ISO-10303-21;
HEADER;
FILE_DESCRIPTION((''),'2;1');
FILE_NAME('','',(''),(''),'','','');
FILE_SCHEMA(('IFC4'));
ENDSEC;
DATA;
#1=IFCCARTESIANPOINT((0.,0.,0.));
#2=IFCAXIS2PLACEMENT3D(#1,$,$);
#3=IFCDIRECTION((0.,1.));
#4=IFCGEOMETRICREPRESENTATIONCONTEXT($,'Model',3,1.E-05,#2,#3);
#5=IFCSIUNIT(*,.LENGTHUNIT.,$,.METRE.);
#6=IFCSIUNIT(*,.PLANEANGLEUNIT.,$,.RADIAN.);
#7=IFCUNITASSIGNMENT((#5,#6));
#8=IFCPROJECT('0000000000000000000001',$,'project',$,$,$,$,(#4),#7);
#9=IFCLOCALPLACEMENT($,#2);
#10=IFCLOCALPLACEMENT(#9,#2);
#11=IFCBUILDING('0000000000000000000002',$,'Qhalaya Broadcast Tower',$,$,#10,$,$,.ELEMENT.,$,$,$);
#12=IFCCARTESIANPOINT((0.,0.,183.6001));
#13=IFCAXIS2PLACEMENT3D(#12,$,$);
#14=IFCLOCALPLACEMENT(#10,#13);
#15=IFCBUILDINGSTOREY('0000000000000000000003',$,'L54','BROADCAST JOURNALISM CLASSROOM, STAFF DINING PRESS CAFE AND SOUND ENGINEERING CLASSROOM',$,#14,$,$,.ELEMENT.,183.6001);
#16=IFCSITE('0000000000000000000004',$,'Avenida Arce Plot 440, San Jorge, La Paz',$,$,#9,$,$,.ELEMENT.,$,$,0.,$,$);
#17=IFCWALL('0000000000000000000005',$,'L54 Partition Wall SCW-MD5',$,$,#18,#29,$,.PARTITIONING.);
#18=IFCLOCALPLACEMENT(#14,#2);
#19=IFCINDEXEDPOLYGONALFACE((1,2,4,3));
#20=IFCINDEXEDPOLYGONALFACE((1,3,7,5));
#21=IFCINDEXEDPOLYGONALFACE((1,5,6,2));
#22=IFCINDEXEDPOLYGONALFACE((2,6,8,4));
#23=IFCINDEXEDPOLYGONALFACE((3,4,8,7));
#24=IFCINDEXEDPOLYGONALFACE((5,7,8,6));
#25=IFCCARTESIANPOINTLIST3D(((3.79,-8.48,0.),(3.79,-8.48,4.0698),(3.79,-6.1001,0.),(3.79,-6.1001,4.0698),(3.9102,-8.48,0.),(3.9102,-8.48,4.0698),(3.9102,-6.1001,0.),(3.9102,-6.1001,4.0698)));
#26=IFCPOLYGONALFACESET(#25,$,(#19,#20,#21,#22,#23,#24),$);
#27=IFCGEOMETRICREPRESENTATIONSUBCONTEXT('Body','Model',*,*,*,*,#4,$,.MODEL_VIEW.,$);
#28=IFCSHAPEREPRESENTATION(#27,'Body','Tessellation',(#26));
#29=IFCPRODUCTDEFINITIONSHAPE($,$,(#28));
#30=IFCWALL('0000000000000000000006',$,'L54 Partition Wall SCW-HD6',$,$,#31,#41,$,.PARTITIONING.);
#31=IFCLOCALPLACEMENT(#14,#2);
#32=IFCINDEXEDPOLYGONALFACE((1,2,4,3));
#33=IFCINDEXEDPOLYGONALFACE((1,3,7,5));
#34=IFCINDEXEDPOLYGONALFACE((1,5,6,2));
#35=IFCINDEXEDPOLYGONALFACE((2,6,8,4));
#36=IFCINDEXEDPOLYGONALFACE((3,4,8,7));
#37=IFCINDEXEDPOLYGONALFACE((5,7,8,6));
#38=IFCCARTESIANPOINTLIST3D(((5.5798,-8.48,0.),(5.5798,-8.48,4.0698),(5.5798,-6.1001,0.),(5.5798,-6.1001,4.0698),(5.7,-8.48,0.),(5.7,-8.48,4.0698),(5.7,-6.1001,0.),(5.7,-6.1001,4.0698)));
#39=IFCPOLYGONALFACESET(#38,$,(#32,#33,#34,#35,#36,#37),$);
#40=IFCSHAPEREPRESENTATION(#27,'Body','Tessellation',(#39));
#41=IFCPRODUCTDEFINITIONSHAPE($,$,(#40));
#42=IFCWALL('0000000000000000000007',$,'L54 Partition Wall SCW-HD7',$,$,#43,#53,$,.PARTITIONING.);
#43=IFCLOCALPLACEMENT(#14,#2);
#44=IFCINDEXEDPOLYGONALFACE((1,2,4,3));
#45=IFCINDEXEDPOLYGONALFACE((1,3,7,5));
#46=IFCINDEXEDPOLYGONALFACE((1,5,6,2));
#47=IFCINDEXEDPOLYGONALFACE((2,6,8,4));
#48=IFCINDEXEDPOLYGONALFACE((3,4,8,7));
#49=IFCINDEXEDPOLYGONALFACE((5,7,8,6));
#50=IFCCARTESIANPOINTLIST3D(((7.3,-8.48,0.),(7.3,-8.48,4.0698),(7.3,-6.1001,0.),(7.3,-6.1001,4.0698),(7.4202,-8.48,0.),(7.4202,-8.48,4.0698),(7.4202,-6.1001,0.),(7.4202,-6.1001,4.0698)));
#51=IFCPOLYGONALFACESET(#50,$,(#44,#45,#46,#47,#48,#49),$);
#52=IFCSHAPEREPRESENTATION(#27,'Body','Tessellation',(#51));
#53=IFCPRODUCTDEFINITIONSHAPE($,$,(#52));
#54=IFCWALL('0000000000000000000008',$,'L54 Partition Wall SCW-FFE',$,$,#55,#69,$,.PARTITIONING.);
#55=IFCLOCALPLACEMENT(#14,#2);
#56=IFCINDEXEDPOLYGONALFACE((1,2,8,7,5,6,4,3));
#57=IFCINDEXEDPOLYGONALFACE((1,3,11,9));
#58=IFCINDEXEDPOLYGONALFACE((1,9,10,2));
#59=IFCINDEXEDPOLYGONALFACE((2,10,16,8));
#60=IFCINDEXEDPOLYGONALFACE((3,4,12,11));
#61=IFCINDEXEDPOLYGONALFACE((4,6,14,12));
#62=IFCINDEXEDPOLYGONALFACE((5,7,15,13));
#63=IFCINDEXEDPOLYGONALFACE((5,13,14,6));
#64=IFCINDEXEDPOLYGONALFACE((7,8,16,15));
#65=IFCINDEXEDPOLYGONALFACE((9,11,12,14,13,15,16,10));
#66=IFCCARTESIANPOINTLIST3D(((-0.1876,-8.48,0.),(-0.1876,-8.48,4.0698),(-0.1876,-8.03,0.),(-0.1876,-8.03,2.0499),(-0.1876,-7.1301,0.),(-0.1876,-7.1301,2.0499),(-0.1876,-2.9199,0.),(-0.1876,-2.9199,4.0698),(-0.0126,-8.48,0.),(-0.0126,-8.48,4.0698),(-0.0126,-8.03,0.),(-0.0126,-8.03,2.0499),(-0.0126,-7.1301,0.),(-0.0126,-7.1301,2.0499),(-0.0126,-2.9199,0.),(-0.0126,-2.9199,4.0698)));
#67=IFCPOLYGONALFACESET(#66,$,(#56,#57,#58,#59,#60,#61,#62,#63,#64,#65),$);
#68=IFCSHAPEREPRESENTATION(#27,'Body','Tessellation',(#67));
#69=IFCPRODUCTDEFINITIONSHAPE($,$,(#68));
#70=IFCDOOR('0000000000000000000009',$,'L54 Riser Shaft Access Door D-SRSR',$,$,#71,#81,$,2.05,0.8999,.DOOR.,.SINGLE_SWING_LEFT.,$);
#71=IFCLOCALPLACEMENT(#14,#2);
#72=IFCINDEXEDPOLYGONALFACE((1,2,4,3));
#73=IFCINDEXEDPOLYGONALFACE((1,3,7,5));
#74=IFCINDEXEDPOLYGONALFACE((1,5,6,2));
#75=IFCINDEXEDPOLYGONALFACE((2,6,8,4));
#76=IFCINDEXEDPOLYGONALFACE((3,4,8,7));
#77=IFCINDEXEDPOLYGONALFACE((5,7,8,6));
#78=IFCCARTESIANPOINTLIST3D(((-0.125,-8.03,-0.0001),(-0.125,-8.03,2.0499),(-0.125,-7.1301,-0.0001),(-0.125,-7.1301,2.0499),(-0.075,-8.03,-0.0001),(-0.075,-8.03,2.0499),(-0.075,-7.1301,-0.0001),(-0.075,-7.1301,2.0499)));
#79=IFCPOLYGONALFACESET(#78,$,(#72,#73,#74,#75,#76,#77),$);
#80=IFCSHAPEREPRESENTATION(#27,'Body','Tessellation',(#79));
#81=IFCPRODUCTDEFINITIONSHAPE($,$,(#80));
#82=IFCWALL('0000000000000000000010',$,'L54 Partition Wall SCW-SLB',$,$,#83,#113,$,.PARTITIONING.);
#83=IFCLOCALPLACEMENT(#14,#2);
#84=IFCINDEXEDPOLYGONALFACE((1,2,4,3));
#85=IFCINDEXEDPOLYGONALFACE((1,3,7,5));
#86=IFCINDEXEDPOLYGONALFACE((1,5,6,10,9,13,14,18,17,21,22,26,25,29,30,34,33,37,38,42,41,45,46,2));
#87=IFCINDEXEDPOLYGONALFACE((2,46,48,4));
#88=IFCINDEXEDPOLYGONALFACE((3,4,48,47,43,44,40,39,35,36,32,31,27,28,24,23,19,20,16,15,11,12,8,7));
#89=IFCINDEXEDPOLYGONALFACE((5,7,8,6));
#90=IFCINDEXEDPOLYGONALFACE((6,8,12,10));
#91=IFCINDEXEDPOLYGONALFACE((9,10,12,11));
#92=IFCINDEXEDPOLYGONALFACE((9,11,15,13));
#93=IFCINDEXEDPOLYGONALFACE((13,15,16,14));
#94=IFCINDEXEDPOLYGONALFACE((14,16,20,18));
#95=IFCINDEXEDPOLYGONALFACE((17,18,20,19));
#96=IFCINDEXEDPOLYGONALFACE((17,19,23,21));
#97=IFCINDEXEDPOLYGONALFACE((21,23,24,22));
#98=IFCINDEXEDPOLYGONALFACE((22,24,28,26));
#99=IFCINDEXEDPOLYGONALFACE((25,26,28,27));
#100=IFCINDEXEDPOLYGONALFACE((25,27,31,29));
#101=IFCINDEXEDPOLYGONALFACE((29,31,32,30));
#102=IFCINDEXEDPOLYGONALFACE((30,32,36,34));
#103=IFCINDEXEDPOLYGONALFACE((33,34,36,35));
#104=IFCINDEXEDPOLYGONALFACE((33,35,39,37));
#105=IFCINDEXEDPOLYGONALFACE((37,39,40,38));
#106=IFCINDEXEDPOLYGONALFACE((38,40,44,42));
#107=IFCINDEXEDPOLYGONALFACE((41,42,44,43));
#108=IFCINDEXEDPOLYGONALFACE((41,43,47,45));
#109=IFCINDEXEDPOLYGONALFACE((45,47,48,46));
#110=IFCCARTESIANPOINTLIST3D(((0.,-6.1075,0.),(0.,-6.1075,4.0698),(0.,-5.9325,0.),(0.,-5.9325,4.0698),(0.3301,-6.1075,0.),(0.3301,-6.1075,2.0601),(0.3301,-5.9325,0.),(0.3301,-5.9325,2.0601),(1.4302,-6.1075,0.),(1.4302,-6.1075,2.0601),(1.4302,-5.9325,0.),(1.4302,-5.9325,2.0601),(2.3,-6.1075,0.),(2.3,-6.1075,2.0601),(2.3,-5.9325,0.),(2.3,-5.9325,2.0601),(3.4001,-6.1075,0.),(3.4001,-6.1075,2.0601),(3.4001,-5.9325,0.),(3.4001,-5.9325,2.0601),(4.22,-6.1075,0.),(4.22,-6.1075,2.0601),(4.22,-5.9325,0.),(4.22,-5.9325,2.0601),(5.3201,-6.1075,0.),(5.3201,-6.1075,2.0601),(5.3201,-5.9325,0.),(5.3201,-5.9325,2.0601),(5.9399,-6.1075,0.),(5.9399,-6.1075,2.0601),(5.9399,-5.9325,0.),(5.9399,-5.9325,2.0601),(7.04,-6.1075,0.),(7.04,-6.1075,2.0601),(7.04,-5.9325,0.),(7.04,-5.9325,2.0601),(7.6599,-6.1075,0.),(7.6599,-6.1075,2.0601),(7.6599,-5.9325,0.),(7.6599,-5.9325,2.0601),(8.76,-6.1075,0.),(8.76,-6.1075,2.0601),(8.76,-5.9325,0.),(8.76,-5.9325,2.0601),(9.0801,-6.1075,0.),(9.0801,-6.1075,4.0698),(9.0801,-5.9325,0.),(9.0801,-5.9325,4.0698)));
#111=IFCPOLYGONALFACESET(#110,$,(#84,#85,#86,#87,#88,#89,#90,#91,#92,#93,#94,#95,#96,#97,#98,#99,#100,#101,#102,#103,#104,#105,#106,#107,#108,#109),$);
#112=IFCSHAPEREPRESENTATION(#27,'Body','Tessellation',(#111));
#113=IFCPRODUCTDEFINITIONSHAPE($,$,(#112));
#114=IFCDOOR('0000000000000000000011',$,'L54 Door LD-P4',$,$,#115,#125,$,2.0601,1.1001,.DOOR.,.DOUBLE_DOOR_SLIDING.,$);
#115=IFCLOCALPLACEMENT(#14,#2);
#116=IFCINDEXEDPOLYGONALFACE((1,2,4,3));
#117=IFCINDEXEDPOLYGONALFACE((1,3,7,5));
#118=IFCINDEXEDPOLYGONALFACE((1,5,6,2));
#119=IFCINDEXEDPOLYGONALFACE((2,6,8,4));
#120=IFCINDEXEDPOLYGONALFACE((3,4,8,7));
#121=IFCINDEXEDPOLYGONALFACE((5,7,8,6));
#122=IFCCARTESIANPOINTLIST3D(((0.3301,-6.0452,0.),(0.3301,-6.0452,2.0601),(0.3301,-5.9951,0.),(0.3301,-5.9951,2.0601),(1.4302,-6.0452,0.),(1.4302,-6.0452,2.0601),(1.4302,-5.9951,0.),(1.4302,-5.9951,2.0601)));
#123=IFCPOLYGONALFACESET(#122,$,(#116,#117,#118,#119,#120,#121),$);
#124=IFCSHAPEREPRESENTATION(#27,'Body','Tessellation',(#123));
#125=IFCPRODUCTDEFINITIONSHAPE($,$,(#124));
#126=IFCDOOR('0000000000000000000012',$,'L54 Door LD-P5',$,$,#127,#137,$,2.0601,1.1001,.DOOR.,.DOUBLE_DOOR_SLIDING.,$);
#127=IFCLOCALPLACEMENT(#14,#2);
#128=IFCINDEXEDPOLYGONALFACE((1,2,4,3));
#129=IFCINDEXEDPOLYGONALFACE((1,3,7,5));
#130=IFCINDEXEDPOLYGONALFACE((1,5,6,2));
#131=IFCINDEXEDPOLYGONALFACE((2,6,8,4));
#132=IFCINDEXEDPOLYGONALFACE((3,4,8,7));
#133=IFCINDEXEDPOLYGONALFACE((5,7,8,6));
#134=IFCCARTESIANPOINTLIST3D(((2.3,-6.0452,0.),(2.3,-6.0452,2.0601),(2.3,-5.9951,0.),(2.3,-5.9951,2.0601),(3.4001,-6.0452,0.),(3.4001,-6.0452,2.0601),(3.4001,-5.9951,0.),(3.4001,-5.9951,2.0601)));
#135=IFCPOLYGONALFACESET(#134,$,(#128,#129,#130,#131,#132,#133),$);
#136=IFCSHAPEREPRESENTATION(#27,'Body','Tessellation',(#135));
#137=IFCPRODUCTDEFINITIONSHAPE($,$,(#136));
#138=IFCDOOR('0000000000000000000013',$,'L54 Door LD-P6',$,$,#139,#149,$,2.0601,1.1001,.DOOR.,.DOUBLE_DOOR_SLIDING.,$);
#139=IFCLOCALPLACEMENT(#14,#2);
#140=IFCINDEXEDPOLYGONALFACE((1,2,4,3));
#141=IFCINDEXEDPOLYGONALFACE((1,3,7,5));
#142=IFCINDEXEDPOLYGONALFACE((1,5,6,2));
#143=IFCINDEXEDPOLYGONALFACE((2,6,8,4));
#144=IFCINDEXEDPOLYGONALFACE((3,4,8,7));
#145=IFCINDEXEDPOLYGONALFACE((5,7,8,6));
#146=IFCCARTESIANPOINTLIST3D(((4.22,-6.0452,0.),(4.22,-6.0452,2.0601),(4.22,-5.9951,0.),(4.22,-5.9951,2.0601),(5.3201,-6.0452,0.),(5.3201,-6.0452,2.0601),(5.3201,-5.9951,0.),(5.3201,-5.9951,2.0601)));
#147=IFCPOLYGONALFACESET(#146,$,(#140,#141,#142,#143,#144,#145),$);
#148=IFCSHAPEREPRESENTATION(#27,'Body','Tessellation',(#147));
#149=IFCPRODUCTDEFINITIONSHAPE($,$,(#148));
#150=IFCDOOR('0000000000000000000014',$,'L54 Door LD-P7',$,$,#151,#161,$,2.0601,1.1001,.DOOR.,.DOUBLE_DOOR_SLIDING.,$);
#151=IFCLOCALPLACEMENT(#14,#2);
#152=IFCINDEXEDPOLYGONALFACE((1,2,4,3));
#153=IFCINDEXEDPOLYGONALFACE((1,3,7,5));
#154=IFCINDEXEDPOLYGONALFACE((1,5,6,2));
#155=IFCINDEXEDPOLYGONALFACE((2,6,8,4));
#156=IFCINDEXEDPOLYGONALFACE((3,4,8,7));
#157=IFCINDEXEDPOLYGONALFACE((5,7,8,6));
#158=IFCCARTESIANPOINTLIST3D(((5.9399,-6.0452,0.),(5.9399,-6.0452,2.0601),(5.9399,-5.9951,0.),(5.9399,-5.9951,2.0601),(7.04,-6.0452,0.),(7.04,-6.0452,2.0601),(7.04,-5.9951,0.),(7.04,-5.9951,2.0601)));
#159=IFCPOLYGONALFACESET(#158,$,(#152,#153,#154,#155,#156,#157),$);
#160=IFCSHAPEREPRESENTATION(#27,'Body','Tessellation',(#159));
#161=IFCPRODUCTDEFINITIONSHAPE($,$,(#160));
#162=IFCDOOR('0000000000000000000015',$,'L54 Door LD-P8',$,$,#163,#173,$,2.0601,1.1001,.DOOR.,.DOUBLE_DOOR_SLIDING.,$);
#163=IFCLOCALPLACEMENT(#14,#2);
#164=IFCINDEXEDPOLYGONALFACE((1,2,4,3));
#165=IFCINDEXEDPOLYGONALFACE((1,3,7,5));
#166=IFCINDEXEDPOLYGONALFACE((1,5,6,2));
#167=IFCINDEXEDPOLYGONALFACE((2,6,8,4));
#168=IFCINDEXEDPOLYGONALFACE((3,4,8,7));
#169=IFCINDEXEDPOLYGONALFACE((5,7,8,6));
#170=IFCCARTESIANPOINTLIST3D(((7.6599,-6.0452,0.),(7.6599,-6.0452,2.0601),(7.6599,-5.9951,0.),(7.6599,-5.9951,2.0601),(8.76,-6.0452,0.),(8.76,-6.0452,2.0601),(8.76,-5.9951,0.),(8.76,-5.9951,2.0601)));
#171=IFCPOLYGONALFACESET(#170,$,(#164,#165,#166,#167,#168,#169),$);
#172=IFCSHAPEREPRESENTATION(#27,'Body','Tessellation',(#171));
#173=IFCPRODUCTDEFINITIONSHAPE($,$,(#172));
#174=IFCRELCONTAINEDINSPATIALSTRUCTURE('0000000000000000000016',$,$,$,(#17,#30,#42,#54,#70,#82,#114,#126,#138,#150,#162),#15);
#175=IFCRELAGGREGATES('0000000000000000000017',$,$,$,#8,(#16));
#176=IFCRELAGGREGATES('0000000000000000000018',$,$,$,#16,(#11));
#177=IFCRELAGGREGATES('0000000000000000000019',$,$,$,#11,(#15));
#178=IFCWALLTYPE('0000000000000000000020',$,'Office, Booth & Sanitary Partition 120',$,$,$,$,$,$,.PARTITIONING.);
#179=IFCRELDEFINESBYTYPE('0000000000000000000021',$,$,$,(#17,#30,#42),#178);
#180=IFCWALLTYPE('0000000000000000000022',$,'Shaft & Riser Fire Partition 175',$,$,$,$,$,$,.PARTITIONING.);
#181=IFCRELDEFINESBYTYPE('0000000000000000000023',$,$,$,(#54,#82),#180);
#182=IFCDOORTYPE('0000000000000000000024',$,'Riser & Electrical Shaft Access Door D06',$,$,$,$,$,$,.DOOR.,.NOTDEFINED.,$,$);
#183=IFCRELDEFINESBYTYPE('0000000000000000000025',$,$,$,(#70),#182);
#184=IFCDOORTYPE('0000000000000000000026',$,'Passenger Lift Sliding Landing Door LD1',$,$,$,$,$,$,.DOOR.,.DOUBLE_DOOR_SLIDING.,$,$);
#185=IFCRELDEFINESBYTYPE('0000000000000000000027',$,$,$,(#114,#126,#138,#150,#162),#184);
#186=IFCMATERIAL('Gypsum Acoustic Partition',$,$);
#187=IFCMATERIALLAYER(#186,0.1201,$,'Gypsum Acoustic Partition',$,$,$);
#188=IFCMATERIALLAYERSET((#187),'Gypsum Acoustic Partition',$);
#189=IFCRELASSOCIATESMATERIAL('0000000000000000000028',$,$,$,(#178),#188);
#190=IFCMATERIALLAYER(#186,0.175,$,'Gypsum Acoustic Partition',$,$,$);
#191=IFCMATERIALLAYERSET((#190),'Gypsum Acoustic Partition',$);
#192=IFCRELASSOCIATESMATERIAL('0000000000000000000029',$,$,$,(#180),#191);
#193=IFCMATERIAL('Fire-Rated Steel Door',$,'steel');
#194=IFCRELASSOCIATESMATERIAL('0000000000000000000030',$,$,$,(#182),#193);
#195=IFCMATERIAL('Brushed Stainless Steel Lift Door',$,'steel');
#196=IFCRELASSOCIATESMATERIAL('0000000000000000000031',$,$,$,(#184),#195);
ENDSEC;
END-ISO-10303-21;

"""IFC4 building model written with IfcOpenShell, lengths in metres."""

from ifc_helpers import new_model, si_unit, direction, frame, frame_2d, origin, place, context, subcontext, project, spatial, rectangle, extrude, material, layer, layer_set, type_object, element, fill, save


model = new_model("IFC4")

# Units and contexts
model_context = context("Model", 3, precision=1e-05, world=origin(), true_north=direction((0.0, 1.0)))
body_context = subcontext(model_context, "Body", "Model", "MODEL_VIEW")
ifc_project = project(units=[si_unit("LENGTHUNIT", "METRE"), si_unit("PLANEANGLEUNIT", "RADIAN")], contexts=[model_context])

# Site, building, storey
site_placement = place(None, origin())
site = spatial("IfcSite", under=ifc_project, at=site_placement, Name="Avenida Arce Plot 440, San Jorge, La Paz", CompositionType="ELEMENT", RefElevation=0.0)
building_placement = place(site_placement, origin())
building = spatial("IfcBuilding", under=site, at=building_placement, Name="Qhalaya Broadcast Tower", CompositionType="ELEMENT")
storey_placement = place(building_placement, frame((0.0, 0.0, 183.6001)))
storey = spatial("IfcBuildingStorey", under=building, at=storey_placement, Name="L54", Description="BROADCAST JOURNALISM CLASSROOM, STAFF DINING PRESS CAFE AND SOUND ENGINEERING CLASSROOM", CompositionType="ELEMENT", Elevation=183.6001)

# Shared definitions
ifc_material_1 = material(Name="Gypsum Acoustic Partition")

# Walls
ifc_layer_1 = layer(ifc_material_1, 0.1201, Name="Gypsum Acoustic Partition")
ifc_layer_set_1 = layer_set([ifc_layer_1], Name="Gypsum Acoustic Partition")
wall_type_1 = type_object("IfcWallType", Name="Office, Booth & Sanitary Partition 120", PredefinedType="PARTITIONING", material=ifc_layer_set_1)
for number, where, z_axis, x_axis, name in (
    (1, (3.8501, -8.48, 0.0), (0.0, 0.0, 1.0), (0.0, 1.0, 0.0), "L54 Partition Wall SCW-MD5"),
    (2, (5.6399, -8.48, 0.0), (0.0, 0.0, 1.0), (0.0, 1.0, 0.0), "L54 Partition Wall SCW-HD6"),
    (3, (7.3601, -8.48, 0.0), (0.0, 0.0, 1.0), (0.0, 1.0, 0.0), "L54 Partition Wall SCW-HD7"),
):
    element("IfcWall", number, at=place(storey_placement, frame(where, z_axis=z_axis, x_axis=x_axis)), inside=storey, type_object=wall_type_1, Name=name, PredefinedType="PARTITIONING", context=body_context, shape_type="SweptSolid", body=[
        extrude(rectangle(XDim=2.3799, YDim=0.1201, at=frame_2d((1.1899, 0.0))), origin(), (0.0, 0.0, 1.0), 4.0698),
    ])

# Wall, opening, door
ifc_layer_2 = layer(ifc_material_1, 0.175, Name="Gypsum Acoustic Partition")
ifc_layer_set_2 = layer_set([ifc_layer_2], Name="Gypsum Acoustic Partition")
wall_type_2 = type_object("IfcWallType", Name="Shaft & Riser Fire Partition 175", PredefinedType="PARTITIONING", material=ifc_layer_set_2)
wall_1_placement = place(storey_placement, frame((-0.1001, -8.48, 0.0), z_axis=(0.0, 0.0, 1.0), x_axis=(0.0, 1.0, 0.0)))
wall_1 = element("IfcWall", 4, at=wall_1_placement, inside=storey, type_object=wall_type_2, Name="L54 Partition Wall SCW-FFE", PredefinedType="PARTITIONING", context=body_context, shape_type="SweptSolid", body=[
    extrude(rectangle(XDim=5.5601, YDim=0.175, at=frame_2d((2.78, 0.0))), origin(), (0.0, 0.0, 1.0), 4.0698),
])
opening_1_placement = place(wall_1_placement, frame((0.45, 0.0, 0.0)))
opening_1 = element("IfcOpeningElement", 5, at=opening_1_placement, cuts=wall_1, PredefinedType="OPENING", context=body_context, shape_type="SweptSolid", body=[
    extrude(rectangle(XDim=0.8999, YDim=2.05, at=frame_2d((0.45, 1.0249))), frame((0.0, 0.0996, 0.0), z_axis=(0.0, -1.0, 0.0), x_axis=(1.0, 0.0, 0.0)), (0.0, 0.0, 1.0), 0.199),
])
ifc_material_2 = material(Name="Fire-Rated Steel Door", Category="steel")
door_type_1 = type_object("IfcDoorType", Name="Riser & Electrical Shaft Access Door D06", OperationType="NOTDEFINED", PredefinedType="DOOR", material=ifc_material_2)
door_1_placement = place(opening_1_placement, origin())
door_1 = element("IfcDoor", 6, at=door_1_placement, inside=storey, type_object=door_type_1, Name="L54 Riser Shaft Access Door D-SRSR", OperationType="SINGLE_SWING_LEFT", OverallHeight=2.05, OverallWidth=0.8999, PredefinedType="DOOR", context=body_context, shape_type="SweptSolid", body=[
    extrude(rectangle(XDim=0.8999, YDim=2.05, at=frame_2d((0.45, 1.0249))), frame((0.0, 0.0249, 0.0), z_axis=(0.0, -1.0, 0.0), x_axis=(1.0, 0.0, 0.0)), (0.0, 0.0, 1.0), 0.05),
])
fill(opening_1, door_1)

# Wall, openings, doors
wall_2_placement = place(storey_placement, frame((0.0, -6.02, 0.0), z_axis=(0.0, 0.0, 1.0), x_axis=(1.0, 0.0, 0.0)))
wall_2 = element("IfcWall", 7, at=wall_2_placement, inside=storey, type_object=wall_type_2, Name="L54 Partition Wall SCW-SLB", PredefinedType="PARTITIONING", context=body_context, shape_type="SweptSolid", body=[
    extrude(rectangle(XDim=9.0801, YDim=0.175, at=frame_2d((4.54, 0.0))), origin(), (0.0, 0.0, 1.0), 4.0698),
])
opening_2_placement = place(wall_2_placement, frame((0.3301, 0.0, 0.0)))
opening_2 = element("IfcOpeningElement", 8, at=opening_2_placement, cuts=wall_2, PredefinedType="OPENING", context=body_context, shape_type="SweptSolid", body=[
    extrude(rectangle(XDim=1.1001, YDim=2.0601, at=frame_2d((0.55, 1.03))), frame((0.0, 0.0996, 0.0), z_axis=(0.0, -1.0, 0.0), x_axis=(1.0, 0.0, 0.0)), (0.0, 0.0, 1.0), 0.199),
])
opening_3_placement = place(wall_2_placement, frame((2.3, 0.0, 0.0)))
opening_3 = element("IfcOpeningElement", 9, at=opening_3_placement, cuts=wall_2, PredefinedType="OPENING", context=body_context, shape_type="SweptSolid", body=[
    extrude(rectangle(XDim=1.1001, YDim=2.0601, at=frame_2d((0.55, 1.03))), frame((0.0, 0.0996, 0.0), z_axis=(0.0, -1.0, 0.0), x_axis=(1.0, 0.0, 0.0)), (0.0, 0.0, 1.0), 0.199),
])
opening_4_placement = place(wall_2_placement, frame((4.22, 0.0, 0.0)))
opening_4 = element("IfcOpeningElement", 10, at=opening_4_placement, cuts=wall_2, PredefinedType="OPENING", context=body_context, shape_type="SweptSolid", body=[
    extrude(rectangle(XDim=1.1001, YDim=2.0601, at=frame_2d((0.55, 1.03))), frame((0.0, 0.0996, 0.0), z_axis=(0.0, -1.0, 0.0), x_axis=(1.0, 0.0, 0.0)), (0.0, 0.0, 1.0), 0.199),
])
opening_5_placement = place(wall_2_placement, frame((5.9399, 0.0, 0.0)))
opening_5 = element("IfcOpeningElement", 11, at=opening_5_placement, cuts=wall_2, PredefinedType="OPENING", context=body_context, shape_type="SweptSolid", body=[
    extrude(rectangle(XDim=1.1001, YDim=2.0601, at=frame_2d((0.55, 1.03))), frame((0.0, 0.0996, 0.0), z_axis=(0.0, -1.0, 0.0), x_axis=(1.0, 0.0, 0.0)), (0.0, 0.0, 1.0), 0.199),
])
opening_6_placement = place(wall_2_placement, frame((7.6599, 0.0, 0.0)))
opening_6 = element("IfcOpeningElement", 12, at=opening_6_placement, cuts=wall_2, PredefinedType="OPENING", context=body_context, shape_type="SweptSolid", body=[
    extrude(rectangle(XDim=1.1001, YDim=2.0601, at=frame_2d((0.55, 1.03))), frame((0.0, 0.0996, 0.0), z_axis=(0.0, -1.0, 0.0), x_axis=(1.0, 0.0, 0.0)), (0.0, 0.0, 1.0), 0.199),
])
ifc_material_3 = material(Name="Brushed Stainless Steel Lift Door", Category="steel")
door_type_2 = type_object("IfcDoorType", Name="Passenger Lift Sliding Landing Door LD1", OperationType="DOUBLE_DOOR_SLIDING", PredefinedType="DOOR", material=ifc_material_3)
door_2_placement = place(opening_2_placement, origin())
door_2 = element("IfcDoor", 13, at=door_2_placement, inside=storey, type_object=door_type_2, Name="L54 Door LD-P4", OperationType="DOUBLE_DOOR_SLIDING", OverallHeight=2.0601, OverallWidth=1.1001, PredefinedType="DOOR", context=body_context, shape_type="SweptSolid", body=[
    extrude(rectangle(XDim=1.1001, YDim=2.0601, at=frame_2d((0.55, 1.03))), frame((0.0, 0.0249, 0.0), z_axis=(0.0, -1.0, 0.0), x_axis=(1.0, 0.0, 0.0)), (0.0, 0.0, 1.0), 0.05),
])
fill(opening_2, door_2)
door_3_placement = place(opening_3_placement, origin())
door_3 = element("IfcDoor", 14, at=door_3_placement, inside=storey, type_object=door_type_2, Name="L54 Door LD-P5", OperationType="DOUBLE_DOOR_SLIDING", OverallHeight=2.0601, OverallWidth=1.1001, PredefinedType="DOOR", context=body_context, shape_type="SweptSolid", body=[
    extrude(rectangle(XDim=1.1001, YDim=2.0601, at=frame_2d((0.55, 1.03))), frame((0.0, 0.0249, 0.0), z_axis=(0.0, -1.0, 0.0), x_axis=(1.0, 0.0, 0.0)), (0.0, 0.0, 1.0), 0.05),
])
fill(opening_3, door_3)
door_4_placement = place(opening_4_placement, origin())
door_4 = element("IfcDoor", 15, at=door_4_placement, inside=storey, type_object=door_type_2, Name="L54 Door LD-P6", OperationType="DOUBLE_DOOR_SLIDING", OverallHeight=2.0601, OverallWidth=1.1001, PredefinedType="DOOR", context=body_context, shape_type="SweptSolid", body=[
    extrude(rectangle(XDim=1.1001, YDim=2.0601, at=frame_2d((0.55, 1.03))), frame((0.0, 0.0249, 0.0), z_axis=(0.0, -1.0, 0.0), x_axis=(1.0, 0.0, 0.0)), (0.0, 0.0, 1.0), 0.05),
])
fill(opening_4, door_4)
door_5_placement = place(opening_5_placement, origin())
door_5 = element("IfcDoor", 16, at=door_5_placement, inside=storey, type_object=door_type_2, Name="L54 Door LD-P7", OperationType="DOUBLE_DOOR_SLIDING", OverallHeight=2.0601, OverallWidth=1.1001, PredefinedType="DOOR", context=body_context, shape_type="SweptSolid", body=[
    extrude(rectangle(XDim=1.1001, YDim=2.0601, at=frame_2d((0.55, 1.03))), frame((0.0, 0.0249, 0.0), z_axis=(0.0, -1.0, 0.0), x_axis=(1.0, 0.0, 0.0)), (0.0, 0.0, 1.0), 0.05),
])
fill(opening_5, door_5)
door_6_placement = place(opening_6_placement, origin())
door_6 = element("IfcDoor", 17, at=door_6_placement, inside=storey, type_object=door_type_2, Name="L54 Door LD-P8", OperationType="DOUBLE_DOOR_SLIDING", OverallHeight=2.0601, OverallWidth=1.1001, PredefinedType="DOOR", context=body_context, shape_type="SweptSolid", body=[
    extrude(rectangle(XDim=1.1001, YDim=2.0601, at=frame_2d((0.55, 1.03))), frame((0.0, 0.0249, 0.0), z_axis=(0.0, -1.0, 0.0), x_axis=(1.0, 0.0, 0.0)), (0.0, 0.0, 1.0), 0.05),
])
fill(opening_6, door_6)

save(model, "model.ifc")
